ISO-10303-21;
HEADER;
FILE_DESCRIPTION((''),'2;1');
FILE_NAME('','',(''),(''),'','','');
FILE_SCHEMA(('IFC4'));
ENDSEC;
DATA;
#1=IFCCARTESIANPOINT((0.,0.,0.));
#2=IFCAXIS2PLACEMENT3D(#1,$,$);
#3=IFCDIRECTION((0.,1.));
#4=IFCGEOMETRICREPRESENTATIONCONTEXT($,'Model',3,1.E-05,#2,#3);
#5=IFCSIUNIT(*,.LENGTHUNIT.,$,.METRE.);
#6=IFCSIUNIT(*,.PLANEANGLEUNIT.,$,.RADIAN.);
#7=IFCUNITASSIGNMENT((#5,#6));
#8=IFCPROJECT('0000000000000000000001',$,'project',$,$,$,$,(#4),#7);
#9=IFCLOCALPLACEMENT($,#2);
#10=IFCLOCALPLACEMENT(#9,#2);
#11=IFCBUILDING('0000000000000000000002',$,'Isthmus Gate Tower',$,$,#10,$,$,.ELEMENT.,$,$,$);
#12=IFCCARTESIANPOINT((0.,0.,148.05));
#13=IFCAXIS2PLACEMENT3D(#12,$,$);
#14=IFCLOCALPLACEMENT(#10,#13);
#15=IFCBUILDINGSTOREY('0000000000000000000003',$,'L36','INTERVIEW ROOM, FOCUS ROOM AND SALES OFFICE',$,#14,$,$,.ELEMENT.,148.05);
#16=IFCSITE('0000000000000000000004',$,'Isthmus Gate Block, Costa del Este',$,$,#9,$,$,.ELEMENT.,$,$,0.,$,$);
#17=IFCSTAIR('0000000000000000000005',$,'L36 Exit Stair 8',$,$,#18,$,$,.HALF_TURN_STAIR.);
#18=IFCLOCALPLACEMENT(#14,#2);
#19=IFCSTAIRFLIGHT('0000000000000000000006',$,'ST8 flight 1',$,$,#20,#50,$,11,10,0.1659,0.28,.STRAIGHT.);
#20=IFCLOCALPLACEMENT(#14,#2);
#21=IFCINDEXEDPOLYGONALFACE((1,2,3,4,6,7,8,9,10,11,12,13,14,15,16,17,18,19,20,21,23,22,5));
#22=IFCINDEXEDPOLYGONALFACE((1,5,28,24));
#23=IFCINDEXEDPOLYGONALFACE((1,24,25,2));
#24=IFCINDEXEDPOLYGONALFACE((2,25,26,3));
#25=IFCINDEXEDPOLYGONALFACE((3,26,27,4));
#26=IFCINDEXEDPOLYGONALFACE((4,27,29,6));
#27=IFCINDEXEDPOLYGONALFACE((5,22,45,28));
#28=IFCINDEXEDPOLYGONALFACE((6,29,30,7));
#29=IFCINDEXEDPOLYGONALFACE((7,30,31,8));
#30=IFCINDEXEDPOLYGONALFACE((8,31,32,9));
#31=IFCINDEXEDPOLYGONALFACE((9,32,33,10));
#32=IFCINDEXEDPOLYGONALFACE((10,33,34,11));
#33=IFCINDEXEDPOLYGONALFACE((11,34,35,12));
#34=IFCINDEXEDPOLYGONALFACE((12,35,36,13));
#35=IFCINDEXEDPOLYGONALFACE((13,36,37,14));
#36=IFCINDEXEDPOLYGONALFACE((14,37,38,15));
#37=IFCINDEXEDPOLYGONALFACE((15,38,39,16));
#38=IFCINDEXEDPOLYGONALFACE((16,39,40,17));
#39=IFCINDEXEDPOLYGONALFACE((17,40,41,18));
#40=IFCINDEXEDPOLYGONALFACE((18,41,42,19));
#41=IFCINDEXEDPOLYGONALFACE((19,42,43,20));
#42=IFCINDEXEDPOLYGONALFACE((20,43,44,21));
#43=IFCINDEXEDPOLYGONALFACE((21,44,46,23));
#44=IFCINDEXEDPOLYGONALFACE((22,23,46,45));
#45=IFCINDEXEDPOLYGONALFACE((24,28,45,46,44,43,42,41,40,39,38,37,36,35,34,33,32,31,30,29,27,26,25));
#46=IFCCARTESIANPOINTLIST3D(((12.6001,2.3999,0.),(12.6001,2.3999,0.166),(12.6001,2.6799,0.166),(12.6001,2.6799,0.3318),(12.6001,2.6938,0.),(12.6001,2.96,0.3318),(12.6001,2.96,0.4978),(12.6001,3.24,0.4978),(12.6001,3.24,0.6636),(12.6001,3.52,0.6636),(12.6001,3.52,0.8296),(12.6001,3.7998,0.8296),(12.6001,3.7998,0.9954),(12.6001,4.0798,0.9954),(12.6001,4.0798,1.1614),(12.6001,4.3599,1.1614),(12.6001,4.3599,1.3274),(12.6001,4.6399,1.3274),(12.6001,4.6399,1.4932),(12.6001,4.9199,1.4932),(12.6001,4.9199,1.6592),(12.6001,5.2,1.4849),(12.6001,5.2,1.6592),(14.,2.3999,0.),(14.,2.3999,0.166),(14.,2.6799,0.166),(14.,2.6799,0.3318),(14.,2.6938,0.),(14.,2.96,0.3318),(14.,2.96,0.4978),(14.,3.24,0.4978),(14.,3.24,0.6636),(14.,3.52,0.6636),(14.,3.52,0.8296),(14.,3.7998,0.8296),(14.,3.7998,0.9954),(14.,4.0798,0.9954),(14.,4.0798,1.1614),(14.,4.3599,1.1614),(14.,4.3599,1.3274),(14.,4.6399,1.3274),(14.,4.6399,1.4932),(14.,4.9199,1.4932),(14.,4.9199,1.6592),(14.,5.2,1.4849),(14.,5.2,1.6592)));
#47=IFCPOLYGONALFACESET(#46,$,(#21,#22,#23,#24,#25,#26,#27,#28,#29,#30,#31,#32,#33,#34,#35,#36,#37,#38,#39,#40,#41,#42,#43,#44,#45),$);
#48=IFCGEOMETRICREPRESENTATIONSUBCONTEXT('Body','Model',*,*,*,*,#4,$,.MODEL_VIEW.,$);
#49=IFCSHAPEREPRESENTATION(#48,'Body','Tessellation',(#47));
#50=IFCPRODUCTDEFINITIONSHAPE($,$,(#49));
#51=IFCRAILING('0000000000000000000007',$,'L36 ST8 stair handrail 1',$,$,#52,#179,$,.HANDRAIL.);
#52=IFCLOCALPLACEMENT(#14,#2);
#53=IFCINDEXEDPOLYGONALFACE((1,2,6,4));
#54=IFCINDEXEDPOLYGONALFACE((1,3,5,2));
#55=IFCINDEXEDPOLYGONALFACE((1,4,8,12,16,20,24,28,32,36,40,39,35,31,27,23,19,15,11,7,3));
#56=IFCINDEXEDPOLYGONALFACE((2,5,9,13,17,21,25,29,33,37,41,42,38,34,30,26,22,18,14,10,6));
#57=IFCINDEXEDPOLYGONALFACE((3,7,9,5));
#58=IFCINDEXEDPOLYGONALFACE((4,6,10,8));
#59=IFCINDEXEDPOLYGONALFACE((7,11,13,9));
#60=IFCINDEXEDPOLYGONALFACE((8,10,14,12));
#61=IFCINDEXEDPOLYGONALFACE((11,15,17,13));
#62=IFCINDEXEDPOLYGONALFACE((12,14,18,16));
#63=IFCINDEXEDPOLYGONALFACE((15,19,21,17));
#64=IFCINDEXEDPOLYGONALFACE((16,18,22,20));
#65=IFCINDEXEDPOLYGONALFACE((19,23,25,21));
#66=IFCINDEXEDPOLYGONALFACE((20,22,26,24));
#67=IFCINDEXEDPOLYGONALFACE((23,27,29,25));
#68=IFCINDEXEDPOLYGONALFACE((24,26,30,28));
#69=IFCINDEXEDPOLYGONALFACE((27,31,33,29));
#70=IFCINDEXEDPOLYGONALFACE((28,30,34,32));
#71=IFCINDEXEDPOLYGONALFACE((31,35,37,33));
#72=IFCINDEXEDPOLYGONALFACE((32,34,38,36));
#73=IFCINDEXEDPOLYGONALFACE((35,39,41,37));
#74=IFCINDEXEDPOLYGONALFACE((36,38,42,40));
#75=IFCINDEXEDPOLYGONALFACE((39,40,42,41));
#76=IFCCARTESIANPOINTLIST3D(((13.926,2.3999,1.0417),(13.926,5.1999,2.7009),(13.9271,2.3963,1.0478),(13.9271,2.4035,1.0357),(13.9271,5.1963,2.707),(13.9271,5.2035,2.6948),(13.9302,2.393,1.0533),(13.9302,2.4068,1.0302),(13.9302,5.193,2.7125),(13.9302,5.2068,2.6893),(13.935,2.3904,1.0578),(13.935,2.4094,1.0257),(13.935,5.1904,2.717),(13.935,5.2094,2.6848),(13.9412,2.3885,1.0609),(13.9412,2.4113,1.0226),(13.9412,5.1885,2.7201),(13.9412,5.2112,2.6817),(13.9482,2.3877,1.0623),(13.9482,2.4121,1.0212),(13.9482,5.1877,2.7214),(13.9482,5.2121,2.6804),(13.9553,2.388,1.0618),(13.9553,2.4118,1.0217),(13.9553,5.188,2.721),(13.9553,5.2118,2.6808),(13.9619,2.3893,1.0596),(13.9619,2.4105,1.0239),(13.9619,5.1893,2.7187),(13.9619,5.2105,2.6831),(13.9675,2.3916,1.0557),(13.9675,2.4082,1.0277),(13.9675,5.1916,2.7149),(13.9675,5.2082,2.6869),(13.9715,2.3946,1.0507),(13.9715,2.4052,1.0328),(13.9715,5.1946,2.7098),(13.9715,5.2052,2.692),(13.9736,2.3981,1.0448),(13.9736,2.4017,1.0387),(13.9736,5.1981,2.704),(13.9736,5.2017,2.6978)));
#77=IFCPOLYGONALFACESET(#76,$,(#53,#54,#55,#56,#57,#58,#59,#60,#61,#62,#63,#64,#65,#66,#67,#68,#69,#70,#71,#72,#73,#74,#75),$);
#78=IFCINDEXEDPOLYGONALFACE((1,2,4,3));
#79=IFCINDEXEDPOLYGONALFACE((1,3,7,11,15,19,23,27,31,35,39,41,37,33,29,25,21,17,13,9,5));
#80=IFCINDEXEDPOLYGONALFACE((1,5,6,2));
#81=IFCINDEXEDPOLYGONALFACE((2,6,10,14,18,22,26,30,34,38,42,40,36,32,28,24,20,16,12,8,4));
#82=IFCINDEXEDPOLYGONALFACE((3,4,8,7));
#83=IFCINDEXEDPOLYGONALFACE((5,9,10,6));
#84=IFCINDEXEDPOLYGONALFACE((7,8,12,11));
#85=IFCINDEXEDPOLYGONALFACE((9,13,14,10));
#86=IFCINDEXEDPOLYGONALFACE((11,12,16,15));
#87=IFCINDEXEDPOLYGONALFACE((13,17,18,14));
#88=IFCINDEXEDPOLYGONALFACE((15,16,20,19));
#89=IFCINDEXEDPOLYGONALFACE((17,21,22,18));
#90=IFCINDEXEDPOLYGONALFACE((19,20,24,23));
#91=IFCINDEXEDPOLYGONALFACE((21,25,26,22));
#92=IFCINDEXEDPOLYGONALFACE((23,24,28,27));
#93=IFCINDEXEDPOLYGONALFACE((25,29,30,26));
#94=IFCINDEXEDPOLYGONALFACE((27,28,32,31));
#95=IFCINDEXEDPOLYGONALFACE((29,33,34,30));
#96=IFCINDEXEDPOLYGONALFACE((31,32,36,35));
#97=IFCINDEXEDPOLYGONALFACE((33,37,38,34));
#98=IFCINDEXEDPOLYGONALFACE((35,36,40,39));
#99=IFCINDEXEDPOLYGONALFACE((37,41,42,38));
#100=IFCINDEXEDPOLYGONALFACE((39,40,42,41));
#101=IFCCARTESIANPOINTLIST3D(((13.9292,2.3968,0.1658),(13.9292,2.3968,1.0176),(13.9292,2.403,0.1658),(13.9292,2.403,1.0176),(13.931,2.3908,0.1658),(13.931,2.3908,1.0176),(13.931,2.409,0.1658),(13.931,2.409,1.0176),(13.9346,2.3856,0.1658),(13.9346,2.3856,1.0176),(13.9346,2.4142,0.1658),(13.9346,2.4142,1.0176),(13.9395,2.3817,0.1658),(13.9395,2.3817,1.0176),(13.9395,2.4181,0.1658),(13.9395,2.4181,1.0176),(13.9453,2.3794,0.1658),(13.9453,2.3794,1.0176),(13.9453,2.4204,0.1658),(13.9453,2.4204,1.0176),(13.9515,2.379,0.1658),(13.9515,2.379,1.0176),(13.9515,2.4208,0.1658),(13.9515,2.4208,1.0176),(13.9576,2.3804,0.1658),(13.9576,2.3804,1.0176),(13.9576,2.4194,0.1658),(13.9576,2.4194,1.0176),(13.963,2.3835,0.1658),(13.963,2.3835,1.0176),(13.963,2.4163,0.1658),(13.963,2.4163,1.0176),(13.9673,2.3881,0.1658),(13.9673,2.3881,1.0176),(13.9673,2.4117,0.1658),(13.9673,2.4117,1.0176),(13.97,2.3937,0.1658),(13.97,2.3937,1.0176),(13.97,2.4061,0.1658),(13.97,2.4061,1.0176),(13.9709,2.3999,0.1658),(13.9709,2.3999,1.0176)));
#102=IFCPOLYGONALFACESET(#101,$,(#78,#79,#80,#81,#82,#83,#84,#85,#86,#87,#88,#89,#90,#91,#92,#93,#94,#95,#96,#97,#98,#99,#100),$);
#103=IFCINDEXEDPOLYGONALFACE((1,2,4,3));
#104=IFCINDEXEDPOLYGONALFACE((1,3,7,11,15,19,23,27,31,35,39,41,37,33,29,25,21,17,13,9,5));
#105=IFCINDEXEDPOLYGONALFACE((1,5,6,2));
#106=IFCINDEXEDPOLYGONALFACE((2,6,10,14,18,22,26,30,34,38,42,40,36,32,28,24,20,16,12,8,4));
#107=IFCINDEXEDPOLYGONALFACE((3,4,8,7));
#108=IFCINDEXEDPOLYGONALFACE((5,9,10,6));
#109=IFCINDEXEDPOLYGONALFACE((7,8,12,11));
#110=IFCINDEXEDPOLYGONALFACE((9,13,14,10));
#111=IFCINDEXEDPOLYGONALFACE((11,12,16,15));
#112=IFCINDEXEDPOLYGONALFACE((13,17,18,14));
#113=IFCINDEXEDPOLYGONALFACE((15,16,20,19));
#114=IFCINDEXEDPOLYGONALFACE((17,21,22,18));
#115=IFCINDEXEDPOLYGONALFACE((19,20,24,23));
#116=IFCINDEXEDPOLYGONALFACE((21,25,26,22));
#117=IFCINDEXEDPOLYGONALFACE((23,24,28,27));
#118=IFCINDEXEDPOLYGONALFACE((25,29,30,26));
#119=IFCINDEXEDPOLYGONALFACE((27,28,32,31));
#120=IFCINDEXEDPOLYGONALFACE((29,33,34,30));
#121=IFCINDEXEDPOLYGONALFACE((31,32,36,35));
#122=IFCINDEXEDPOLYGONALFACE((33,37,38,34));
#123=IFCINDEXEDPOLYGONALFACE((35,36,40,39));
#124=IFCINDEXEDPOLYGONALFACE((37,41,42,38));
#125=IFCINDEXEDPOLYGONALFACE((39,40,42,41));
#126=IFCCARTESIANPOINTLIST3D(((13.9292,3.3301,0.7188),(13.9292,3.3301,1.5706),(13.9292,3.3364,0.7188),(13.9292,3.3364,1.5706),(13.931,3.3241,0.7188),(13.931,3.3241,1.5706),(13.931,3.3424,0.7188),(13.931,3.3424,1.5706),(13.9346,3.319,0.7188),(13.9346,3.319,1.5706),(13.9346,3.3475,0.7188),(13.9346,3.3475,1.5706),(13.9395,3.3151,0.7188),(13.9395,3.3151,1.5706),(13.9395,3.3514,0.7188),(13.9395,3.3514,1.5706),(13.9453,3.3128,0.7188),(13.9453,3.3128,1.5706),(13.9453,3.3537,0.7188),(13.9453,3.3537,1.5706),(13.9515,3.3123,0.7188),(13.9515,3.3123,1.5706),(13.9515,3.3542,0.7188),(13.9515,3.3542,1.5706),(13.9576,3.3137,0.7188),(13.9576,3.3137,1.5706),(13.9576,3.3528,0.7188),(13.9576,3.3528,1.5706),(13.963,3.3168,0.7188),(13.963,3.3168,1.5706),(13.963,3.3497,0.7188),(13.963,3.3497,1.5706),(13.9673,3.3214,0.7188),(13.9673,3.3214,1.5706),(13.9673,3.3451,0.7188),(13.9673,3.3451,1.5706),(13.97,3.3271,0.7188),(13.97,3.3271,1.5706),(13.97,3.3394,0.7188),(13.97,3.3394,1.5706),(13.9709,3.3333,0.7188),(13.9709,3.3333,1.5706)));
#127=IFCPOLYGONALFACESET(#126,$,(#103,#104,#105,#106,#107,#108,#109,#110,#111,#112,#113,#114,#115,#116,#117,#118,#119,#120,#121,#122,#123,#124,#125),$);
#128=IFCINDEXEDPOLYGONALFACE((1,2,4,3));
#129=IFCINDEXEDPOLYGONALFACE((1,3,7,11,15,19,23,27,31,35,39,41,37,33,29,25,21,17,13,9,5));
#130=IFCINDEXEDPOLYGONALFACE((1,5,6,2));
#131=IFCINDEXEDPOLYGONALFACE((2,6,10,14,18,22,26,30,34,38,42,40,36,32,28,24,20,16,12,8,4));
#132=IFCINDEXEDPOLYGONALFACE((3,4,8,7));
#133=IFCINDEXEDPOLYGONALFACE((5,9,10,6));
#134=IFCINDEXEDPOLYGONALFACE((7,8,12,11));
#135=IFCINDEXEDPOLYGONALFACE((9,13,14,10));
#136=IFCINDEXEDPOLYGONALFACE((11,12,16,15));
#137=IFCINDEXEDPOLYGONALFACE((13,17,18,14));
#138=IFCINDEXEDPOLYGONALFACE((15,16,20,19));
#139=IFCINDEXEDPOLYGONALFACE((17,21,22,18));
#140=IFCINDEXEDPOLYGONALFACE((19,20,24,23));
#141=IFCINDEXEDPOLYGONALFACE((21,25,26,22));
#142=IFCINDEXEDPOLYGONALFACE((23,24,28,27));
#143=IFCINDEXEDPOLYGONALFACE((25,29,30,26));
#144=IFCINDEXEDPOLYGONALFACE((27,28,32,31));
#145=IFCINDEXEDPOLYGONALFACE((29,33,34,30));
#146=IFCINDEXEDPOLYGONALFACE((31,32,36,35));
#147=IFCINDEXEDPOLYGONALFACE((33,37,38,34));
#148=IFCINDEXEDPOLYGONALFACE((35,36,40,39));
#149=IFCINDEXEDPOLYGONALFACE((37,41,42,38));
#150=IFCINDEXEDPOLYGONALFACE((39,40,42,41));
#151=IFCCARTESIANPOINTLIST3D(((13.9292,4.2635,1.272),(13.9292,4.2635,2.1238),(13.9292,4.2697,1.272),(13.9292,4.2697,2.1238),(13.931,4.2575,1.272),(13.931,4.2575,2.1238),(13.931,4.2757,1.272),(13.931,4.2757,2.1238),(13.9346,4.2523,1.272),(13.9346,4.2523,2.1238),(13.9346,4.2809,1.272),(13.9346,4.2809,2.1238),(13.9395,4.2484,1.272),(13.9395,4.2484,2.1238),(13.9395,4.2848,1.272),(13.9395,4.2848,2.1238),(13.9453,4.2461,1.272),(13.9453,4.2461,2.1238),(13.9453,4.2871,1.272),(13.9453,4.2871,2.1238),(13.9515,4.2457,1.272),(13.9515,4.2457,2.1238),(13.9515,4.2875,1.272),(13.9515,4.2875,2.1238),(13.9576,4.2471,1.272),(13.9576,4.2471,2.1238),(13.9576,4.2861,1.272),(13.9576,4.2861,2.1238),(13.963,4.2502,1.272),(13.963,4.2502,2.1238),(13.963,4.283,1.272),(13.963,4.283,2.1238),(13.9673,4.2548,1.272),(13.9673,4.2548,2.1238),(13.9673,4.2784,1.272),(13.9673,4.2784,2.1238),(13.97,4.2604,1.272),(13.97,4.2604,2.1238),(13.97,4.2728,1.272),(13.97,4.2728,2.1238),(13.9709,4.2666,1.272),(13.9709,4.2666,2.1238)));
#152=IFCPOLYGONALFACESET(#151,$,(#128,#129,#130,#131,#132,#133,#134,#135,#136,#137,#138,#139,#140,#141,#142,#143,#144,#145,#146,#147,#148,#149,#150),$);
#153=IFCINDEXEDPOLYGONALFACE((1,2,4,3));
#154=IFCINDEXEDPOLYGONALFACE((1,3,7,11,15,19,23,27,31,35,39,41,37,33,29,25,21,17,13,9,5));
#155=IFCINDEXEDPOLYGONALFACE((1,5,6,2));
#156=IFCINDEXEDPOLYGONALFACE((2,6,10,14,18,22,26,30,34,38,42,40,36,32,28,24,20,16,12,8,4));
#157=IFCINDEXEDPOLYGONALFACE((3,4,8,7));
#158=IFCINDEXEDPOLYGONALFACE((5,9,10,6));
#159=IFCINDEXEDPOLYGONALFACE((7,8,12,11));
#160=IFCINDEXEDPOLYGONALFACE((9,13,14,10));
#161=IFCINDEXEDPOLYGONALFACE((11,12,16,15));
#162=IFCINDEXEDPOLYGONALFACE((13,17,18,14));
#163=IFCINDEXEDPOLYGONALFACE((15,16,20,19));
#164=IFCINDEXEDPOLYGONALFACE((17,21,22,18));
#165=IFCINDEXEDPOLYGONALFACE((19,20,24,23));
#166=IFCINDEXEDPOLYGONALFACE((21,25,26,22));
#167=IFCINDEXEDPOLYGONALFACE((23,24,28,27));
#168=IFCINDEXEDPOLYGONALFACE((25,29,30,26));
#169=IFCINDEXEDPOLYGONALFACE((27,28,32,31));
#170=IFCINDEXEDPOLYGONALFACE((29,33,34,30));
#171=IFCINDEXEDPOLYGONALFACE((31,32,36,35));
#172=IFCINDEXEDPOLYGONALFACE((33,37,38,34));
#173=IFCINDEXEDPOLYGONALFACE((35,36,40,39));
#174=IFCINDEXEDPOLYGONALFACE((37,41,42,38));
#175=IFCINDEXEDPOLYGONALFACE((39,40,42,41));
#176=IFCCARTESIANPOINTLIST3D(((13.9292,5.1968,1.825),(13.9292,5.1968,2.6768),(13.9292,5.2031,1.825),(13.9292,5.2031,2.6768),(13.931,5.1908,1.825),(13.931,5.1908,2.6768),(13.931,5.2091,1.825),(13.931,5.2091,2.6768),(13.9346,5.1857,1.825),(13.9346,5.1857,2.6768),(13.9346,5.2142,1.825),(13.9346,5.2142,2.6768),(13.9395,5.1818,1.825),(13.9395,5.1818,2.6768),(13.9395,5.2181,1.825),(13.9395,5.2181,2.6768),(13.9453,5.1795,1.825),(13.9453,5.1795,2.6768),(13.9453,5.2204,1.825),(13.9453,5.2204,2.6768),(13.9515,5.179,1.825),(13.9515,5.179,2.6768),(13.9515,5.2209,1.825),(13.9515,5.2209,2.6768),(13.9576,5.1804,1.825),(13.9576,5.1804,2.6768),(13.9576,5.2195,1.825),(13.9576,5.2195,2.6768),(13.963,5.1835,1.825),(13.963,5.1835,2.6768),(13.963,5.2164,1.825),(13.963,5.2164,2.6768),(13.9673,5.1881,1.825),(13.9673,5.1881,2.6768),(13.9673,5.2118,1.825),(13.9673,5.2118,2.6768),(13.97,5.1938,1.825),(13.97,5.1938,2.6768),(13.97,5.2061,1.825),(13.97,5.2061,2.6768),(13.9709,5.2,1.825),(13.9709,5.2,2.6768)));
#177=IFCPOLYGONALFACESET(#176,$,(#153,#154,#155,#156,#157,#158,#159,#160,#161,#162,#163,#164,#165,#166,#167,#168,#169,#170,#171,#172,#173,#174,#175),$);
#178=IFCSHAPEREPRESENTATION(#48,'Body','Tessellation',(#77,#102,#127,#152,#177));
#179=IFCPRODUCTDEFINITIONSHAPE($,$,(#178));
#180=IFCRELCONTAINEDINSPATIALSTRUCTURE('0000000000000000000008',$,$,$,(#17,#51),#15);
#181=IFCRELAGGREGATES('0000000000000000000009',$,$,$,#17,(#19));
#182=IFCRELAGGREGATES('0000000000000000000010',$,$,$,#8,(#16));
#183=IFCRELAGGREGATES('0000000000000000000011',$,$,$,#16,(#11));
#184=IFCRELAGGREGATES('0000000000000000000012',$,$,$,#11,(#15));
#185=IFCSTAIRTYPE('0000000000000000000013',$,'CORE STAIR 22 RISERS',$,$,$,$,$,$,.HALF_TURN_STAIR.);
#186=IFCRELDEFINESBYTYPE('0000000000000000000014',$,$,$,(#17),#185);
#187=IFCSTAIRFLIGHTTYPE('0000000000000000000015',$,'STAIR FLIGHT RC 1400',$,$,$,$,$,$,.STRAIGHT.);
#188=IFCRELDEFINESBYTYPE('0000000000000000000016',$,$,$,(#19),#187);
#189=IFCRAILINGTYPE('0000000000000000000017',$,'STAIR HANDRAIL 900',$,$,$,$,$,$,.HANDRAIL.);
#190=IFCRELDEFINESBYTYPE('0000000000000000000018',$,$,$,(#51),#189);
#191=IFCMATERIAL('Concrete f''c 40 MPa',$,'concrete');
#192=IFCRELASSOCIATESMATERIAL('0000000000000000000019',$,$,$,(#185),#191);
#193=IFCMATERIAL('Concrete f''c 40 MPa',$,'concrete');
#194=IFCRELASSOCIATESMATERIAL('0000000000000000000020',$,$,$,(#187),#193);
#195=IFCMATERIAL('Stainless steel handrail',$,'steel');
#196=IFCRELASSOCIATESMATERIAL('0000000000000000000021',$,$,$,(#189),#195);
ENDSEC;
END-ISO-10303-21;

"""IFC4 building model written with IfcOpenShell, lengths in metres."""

from ifc_helpers import new_model, si_unit, direction, frame, origin, origin_2d, place, context, subcontext, project, spatial, polyline, circle, outline, extrude, material, type_object, element, aggregate, save


model = new_model("IFC4")

# Units and contexts
model_context = context("Model", 3, precision=1e-05, world=origin(), true_north=direction((0.0, 1.0)))
body_context = subcontext(model_context, "Body", "Model", "MODEL_VIEW")
ifc_project = project(units=[si_unit("LENGTHUNIT", "METRE"), si_unit("PLANEANGLEUNIT", "RADIAN")], contexts=[model_context])

# Site, building, storey
site_placement = place(None, origin())
site = spatial("IfcSite", under=ifc_project, at=site_placement, Name="Isthmus Gate Block, Costa del Este", CompositionType="ELEMENT", RefElevation=0.0)
building_placement = place(site_placement, origin())
building = spatial("IfcBuilding", under=site, at=building_placement, Name="Isthmus Gate Tower", CompositionType="ELEMENT")
storey_placement = place(building_placement, frame((0.0, 0.0, 148.05)))
storey = spatial("IfcBuildingStorey", under=building, at=storey_placement, Name="L36", Description="INTERVIEW ROOM, FOCUS ROOM AND SALES OFFICE", CompositionType="ELEMENT", Elevation=148.05)

# Stair, stair flight
ifc_material_1 = material(Name="Concrete f'c 40 MPa", Category="concrete")
stair_type = type_object("IfcStairType", Name="CORE STAIR 22 RISERS", PredefinedType="HALF_TURN_STAIR", material=ifc_material_1)
stair_placement = place(storey_placement, origin())
stair = element("IfcStair", 1, at=stair_placement, inside=storey, type_object=stair_type, Name="L36 Exit Stair 8", PredefinedType="HALF_TURN_STAIR")
ifc_material_2 = material(Name="Concrete f'c 40 MPa", Category="concrete")
stair_flight_type = type_object("IfcStairFlightType", Name="STAIR FLIGHT RC 1400", PredefinedType="STRAIGHT", material=ifc_material_2)
stair_flight_placement = place(storey_placement, frame((13.3, 2.3999, 0.0), z_axis=(0.0, 0.0, 1.0), x_axis=(0.0, 1.0, 0.0)))
stair_flight = element("IfcStairFlight", 2, at=stair_flight_placement, type_object=stair_flight_type, Name="ST8 flight 1", NumberOfRisers=11, NumberOfTreads=10, PredefinedType="STRAIGHT", RiserHeight=0.1659, TreadLength=0.28, context=body_context, shape_type="SweptSolid", body=[
    extrude(outline(polyline([(0.0, 0.0), (0.0, 0.166), (0.28, 0.166), (0.28, 0.3318), (0.5601, 0.3318), (0.5601, 0.4978), (0.8401, 0.4978), (0.8401, 0.6636), (1.1201, 0.6636), (1.1201, 0.8296), (1.3999, 0.8296), (1.3999, 0.9954), (1.6799, 0.9954), (1.6799, 1.1614), (1.96, 1.1614), (1.96, 1.3274), (2.24, 1.3274), (2.24, 1.4932), (2.52, 1.4932), (2.52, 1.6592), (2.8, 1.6592), (2.8, 1.825), (2.8, 1.4849), (0.2939, 0.0), (0.0, 0.0)])), frame((0.0, 0.7, 0.0), z_axis=(0.0, -1.0, 0.0), x_axis=(1.0, 0.0, 0.0)), (0.0, 0.0, 1.0), 1.3999),
])
aggregate(stair, [stair_flight])

# Railing
ifc_material_3 = material(Name="Stainless steel handrail", Category="steel")
railing_type = type_object("IfcRailingType", Name="STAIR HANDRAIL 900", PredefinedType="HANDRAIL", material=ifc_material_3)
railing_placement = place(storey_placement, frame((13.95, 2.3999, 0.1658)))
element("IfcRailing", 3, at=railing_placement, inside=storey, type_object=railing_type, Name="L36 ST8 stair handrail 1", PredefinedType="HANDRAIL", context=body_context, shape_type="SweptSolid", body=[
    extrude(circle(Radius=0.0239, at=origin_2d()), frame((0.0, 0.0, 0.876), z_axis=(0.0, 0.860306, 0.509778), x_axis=(-1.0, 0.0, 0.0)), (0.0, 0.0, 1.0), 3.2546),
    extrude(circle(Radius=0.021, at=origin_2d()), origin(), (0.0, 0.0, 1.0), 0.8518),
    extrude(circle(Radius=0.021, at=origin_2d()), frame((0.0, 0.9333, 0.553)), (0.0, 0.0, 1.0), 0.8518),
    extrude(circle(Radius=0.021, at=origin_2d()), frame((0.0, 1.8667, 1.1062)), (0.0, 0.0, 1.0), 0.8518),
    extrude(circle(Radius=0.021, at=origin_2d()), frame((0.0, 2.8, 1.6592)), (0.0, 0.0, 1.0), 0.8518),
])

save(model, "model.ifc")
